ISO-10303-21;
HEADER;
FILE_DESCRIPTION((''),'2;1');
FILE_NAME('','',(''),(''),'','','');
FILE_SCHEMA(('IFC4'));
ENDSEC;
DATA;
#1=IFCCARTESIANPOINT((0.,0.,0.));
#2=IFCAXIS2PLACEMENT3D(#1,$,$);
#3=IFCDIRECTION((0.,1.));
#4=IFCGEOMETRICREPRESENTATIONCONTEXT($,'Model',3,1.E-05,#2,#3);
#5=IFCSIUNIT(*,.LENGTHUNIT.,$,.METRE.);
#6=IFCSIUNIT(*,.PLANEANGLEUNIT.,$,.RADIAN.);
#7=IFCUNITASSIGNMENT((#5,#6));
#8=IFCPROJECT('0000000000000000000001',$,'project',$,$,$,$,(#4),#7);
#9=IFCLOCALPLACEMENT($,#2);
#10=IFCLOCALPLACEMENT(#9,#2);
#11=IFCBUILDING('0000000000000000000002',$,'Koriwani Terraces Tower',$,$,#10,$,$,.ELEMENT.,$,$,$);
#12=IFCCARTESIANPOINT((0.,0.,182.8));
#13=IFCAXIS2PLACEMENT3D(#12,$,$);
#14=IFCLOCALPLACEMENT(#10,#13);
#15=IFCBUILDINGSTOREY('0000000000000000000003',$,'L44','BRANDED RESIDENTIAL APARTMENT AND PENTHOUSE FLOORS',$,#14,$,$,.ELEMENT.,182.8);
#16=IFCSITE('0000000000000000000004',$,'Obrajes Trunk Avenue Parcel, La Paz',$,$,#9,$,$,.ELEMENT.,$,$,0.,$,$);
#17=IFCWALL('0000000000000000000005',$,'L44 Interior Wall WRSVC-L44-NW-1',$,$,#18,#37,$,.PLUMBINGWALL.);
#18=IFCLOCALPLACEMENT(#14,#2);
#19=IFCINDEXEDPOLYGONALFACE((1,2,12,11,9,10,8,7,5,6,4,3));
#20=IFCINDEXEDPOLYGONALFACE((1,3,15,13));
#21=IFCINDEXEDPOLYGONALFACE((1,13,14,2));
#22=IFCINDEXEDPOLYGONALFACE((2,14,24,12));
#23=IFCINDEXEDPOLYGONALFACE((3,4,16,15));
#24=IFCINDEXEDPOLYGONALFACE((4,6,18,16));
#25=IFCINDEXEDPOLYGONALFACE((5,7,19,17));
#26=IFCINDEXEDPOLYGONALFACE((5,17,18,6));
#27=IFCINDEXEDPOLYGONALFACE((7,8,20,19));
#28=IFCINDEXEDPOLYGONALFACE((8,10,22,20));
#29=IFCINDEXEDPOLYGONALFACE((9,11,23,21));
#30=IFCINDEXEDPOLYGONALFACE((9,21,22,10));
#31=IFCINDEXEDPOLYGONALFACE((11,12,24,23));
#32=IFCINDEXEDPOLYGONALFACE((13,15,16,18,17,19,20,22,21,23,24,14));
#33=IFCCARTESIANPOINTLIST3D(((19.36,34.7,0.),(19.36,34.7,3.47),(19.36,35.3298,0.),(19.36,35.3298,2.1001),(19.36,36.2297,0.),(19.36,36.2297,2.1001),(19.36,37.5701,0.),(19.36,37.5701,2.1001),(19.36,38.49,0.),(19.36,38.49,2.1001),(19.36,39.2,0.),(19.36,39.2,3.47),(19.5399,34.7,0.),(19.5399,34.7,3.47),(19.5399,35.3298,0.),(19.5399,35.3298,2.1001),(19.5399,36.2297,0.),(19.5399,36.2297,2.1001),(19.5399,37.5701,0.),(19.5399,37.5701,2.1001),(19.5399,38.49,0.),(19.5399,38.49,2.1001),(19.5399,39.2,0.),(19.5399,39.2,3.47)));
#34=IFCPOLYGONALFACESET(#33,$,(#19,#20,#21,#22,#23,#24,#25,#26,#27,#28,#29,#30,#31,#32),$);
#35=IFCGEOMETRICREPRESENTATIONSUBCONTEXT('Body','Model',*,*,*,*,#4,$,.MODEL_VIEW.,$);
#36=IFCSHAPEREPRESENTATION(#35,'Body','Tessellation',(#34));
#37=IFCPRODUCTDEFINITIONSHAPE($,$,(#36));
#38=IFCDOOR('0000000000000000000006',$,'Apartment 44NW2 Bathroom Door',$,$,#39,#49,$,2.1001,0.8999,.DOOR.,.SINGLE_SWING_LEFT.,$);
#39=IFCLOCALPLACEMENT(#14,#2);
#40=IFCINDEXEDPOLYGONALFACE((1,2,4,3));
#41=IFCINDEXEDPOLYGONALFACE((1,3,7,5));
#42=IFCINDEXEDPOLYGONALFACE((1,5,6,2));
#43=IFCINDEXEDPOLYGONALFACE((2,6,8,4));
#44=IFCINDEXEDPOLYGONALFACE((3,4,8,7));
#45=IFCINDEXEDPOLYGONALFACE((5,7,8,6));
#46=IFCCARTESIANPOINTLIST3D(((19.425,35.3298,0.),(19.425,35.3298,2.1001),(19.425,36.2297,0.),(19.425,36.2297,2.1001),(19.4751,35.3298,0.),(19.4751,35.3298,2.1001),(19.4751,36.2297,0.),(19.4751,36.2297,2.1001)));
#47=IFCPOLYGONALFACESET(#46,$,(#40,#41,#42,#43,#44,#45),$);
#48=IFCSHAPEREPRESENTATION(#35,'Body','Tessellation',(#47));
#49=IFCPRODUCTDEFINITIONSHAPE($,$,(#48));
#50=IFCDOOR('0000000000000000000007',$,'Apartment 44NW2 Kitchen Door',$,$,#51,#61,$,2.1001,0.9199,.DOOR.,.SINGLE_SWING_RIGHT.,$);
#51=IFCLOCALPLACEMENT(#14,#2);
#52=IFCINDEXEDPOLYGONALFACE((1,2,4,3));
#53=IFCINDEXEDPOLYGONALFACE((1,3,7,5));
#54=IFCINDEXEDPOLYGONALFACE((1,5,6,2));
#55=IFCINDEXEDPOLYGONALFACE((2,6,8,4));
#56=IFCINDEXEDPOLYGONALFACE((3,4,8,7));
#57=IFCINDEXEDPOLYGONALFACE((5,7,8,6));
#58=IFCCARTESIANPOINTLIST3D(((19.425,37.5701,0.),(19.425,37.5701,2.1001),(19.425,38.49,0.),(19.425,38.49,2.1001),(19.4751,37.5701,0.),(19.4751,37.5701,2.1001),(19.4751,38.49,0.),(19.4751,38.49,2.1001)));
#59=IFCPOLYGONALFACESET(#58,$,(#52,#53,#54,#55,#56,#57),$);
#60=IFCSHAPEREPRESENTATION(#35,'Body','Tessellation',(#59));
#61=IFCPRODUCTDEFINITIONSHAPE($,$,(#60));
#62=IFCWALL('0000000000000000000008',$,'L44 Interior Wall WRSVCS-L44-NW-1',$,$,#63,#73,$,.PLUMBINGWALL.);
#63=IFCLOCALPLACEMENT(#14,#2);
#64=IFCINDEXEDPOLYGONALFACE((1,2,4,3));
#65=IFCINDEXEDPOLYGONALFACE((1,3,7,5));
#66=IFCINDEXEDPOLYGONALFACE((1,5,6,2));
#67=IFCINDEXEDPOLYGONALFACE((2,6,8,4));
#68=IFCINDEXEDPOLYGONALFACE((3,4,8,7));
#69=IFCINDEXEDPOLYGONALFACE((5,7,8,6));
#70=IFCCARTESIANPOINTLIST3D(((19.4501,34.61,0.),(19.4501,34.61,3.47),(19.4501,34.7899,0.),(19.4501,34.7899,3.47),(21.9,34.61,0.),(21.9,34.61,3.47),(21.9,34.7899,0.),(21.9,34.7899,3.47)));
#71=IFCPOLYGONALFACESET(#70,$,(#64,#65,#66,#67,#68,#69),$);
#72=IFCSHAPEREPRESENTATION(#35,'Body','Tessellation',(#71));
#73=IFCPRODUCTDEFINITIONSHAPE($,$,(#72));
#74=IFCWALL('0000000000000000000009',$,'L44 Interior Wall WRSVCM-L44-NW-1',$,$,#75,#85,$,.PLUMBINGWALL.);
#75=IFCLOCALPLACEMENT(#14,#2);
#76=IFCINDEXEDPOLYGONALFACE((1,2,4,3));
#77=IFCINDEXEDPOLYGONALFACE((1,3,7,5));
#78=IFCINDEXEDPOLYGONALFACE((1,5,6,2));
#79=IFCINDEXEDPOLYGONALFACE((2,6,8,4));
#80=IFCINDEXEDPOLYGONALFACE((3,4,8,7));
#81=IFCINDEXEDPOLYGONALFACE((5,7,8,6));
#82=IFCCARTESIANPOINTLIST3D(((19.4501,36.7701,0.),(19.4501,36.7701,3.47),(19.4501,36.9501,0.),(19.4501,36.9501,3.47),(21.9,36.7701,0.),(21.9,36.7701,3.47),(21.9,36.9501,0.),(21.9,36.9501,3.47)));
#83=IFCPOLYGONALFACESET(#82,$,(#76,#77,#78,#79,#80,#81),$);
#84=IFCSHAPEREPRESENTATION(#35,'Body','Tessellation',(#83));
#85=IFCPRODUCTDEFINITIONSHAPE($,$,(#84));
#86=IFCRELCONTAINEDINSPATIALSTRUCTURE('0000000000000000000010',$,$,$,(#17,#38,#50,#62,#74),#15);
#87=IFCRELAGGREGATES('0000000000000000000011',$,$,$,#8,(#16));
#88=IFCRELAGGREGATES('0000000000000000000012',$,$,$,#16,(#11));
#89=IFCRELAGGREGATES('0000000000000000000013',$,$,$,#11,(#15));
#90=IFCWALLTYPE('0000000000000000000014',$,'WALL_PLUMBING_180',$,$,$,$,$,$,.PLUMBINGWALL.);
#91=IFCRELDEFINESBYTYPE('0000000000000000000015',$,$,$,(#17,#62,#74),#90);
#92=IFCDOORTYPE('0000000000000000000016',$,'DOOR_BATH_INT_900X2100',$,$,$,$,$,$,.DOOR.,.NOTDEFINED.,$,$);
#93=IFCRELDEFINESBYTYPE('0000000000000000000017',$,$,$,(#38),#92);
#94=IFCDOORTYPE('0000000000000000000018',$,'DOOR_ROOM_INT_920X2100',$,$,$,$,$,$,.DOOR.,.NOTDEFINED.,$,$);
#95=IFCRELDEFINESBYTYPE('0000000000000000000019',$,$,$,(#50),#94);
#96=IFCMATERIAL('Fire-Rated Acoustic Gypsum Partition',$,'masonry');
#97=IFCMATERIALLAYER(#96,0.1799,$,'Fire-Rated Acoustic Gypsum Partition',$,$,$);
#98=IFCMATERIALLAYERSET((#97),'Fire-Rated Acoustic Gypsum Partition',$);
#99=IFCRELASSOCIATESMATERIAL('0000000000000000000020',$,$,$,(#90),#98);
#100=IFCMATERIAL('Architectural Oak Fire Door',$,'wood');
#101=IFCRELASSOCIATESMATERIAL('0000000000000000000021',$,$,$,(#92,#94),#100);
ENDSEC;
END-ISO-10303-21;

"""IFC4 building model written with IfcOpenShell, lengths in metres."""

from ifc_helpers import new_model, si_unit, direction, frame, frame_2d, origin, place, context, subcontext, project, spatial, rectangle, extrude, material, layer, layer_set, type_object, element, fill, save


model = new_model("IFC4")

# Units and contexts
model_context = context("Model", 3, precision=1e-05, world=origin(), true_north=direction((0.0, 1.0)))
body_context = subcontext(model_context, "Body", "Model", "MODEL_VIEW")
ifc_project = project(units=[si_unit("LENGTHUNIT", "METRE"), si_unit("PLANEANGLEUNIT", "RADIAN")], contexts=[model_context])

# Site, building, storey
site_placement = place(None, origin())
site = spatial("IfcSite", under=ifc_project, at=site_placement, Name="Obrajes Trunk Avenue Parcel, La Paz", CompositionType="ELEMENT", RefElevation=0.0)
building_placement = place(site_placement, origin())
building = spatial("IfcBuilding", under=site, at=building_placement, Name="Koriwani Terraces Tower", CompositionType="ELEMENT")
storey_placement = place(building_placement, frame((0.0, 0.0, 182.8)))
storey = spatial("IfcBuildingStorey", under=building, at=storey_placement, Name="L44", Description="BRANDED RESIDENTIAL APARTMENT AND PENTHOUSE FLOORS", CompositionType="ELEMENT", Elevation=182.8)

# Shared definitions
ifc_material_1 = material(Name="Fire-Rated Acoustic Gypsum Partition", Category="masonry")
ifc_layer_1 = layer(ifc_material_1, 0.1799, Name="Fire-Rated Acoustic Gypsum Partition")
ifc_layer_set_1 = layer_set([ifc_layer_1], Name="Fire-Rated Acoustic Gypsum Partition")
wall_type_1 = type_object("IfcWallType", Name="WALL_PLUMBING_180", PredefinedType="PLUMBINGWALL", material=ifc_layer_set_1)

# Wall, openings, doors
wall_1_placement = place(storey_placement, frame((19.45, 34.7, 0.0), z_axis=(0.0, 0.0, 1.0), x_axis=(0.0, 1.0, 0.0)))
wall_1 = element("IfcWall", 1, at=wall_1_placement, inside=storey, type_object=wall_type_1, Name="L44 Interior Wall WRSVC-L44-NW-1", PredefinedType="PLUMBINGWALL", context=body_context, shape_type="SweptSolid", body=[
    extrude(rectangle(XDim=4.5, YDim=0.1799, at=frame_2d((2.25, 0.0))), origin(), (0.0, 0.0, 1.0), 3.47),
])
opening_1_placement = place(wall_1_placement, frame((0.6299, 0.0, 0.0)))
opening_1 = element("IfcOpeningElement", 2, at=opening_1_placement, cuts=wall_1, PredefinedType="OPENING", context=body_context, shape_type="SweptSolid", body=[
    extrude(rectangle(XDim=0.8999, YDim=2.1001, at=frame_2d((0.45, 1.05))), frame((0.0, 0.1001, 0.0), z_axis=(0.0, -1.0, 0.0), x_axis=(1.0, 0.0, 0.0)), (0.0, 0.0, 1.0), 0.2),
])
opening_2_placement = place(wall_1_placement, frame((2.8701, 0.0, 0.0)))
opening_2 = element("IfcOpeningElement", 3, at=opening_2_placement, cuts=wall_1, PredefinedType="OPENING", context=body_context, shape_type="SweptSolid", body=[
    extrude(rectangle(XDim=0.9199, YDim=2.1001, at=frame_2d((0.46, 1.05))), frame((0.0, 0.1001, 0.0), z_axis=(0.0, -1.0, 0.0), x_axis=(1.0, 0.0, 0.0)), (0.0, 0.0, 1.0), 0.2),
])
ifc_material_2 = material(Name="Architectural Oak Fire Door", Category="wood")
door_type_1 = type_object("IfcDoorType", Name="DOOR_BATH_INT_900X2100", OperationType="NOTDEFINED", PredefinedType="DOOR", material=ifc_material_2)
door_1_placement = place(opening_1_placement, origin())
door_1 = element("IfcDoor", 4, at=door_1_placement, inside=storey, type_object=door_type_1, Name="Apartment 44NW2 Bathroom Door", OperationType="SINGLE_SWING_LEFT", OverallHeight=2.1001, OverallWidth=0.8999, PredefinedType="DOOR", context=body_context, shape_type="SweptSolid", body=[
    extrude(rectangle(XDim=0.8999, YDim=2.1001, at=frame_2d((0.45, 1.05))), frame((0.0, 0.0249, 0.0), z_axis=(0.0, -1.0, 0.0), x_axis=(1.0, 0.0, 0.0)), (0.0, 0.0, 1.0), 0.05),
])
fill(opening_1, door_1)
door_type_2 = type_object("IfcDoorType", Name="DOOR_ROOM_INT_920X2100", OperationType="NOTDEFINED", PredefinedType="DOOR", material=ifc_material_2)
door_2_placement = place(opening_2_placement, origin())
door_2 = element("IfcDoor", 5, at=door_2_placement, inside=storey, type_object=door_type_2, Name="Apartment 44NW2 Kitchen Door", OperationType="SINGLE_SWING_RIGHT", OverallHeight=2.1001, OverallWidth=0.9199, PredefinedType="DOOR", context=body_context, shape_type="SweptSolid", body=[
    extrude(rectangle(XDim=0.9199, YDim=2.1001, at=frame_2d((0.46, 1.05))), frame((0.0, 0.0249, 0.0), z_axis=(0.0, -1.0, 0.0), x_axis=(1.0, 0.0, 0.0)), (0.0, 0.0, 1.0), 0.05),
])
fill(opening_2, door_2)

# Walls
for number, where, z_axis, x_axis, name in (
    (6, (19.45, 34.7, 0.0), (0.0, 0.0, 1.0), (1.0, 0.0, 0.0), "L44 Interior Wall WRSVCS-L44-NW-1"),
    (7, (19.45, 36.8601, 0.0), (0.0, 0.0, 1.0), (1.0, 0.0, 0.0), "L44 Interior Wall WRSVCM-L44-NW-1"),
):
    element("IfcWall", number, at=place(storey_placement, frame(where, z_axis=z_axis, x_axis=x_axis)), inside=storey, type_object=wall_type_1, Name=name, PredefinedType="PLUMBINGWALL", context=body_context, shape_type="SweptSolid", body=[
        extrude(rectangle(XDim=2.45, YDim=0.1799, at=frame_2d((1.2251, 0.0))), origin(), (0.0, 0.0, 1.0), 3.47),
    ])

save(model, "model.ifc")
